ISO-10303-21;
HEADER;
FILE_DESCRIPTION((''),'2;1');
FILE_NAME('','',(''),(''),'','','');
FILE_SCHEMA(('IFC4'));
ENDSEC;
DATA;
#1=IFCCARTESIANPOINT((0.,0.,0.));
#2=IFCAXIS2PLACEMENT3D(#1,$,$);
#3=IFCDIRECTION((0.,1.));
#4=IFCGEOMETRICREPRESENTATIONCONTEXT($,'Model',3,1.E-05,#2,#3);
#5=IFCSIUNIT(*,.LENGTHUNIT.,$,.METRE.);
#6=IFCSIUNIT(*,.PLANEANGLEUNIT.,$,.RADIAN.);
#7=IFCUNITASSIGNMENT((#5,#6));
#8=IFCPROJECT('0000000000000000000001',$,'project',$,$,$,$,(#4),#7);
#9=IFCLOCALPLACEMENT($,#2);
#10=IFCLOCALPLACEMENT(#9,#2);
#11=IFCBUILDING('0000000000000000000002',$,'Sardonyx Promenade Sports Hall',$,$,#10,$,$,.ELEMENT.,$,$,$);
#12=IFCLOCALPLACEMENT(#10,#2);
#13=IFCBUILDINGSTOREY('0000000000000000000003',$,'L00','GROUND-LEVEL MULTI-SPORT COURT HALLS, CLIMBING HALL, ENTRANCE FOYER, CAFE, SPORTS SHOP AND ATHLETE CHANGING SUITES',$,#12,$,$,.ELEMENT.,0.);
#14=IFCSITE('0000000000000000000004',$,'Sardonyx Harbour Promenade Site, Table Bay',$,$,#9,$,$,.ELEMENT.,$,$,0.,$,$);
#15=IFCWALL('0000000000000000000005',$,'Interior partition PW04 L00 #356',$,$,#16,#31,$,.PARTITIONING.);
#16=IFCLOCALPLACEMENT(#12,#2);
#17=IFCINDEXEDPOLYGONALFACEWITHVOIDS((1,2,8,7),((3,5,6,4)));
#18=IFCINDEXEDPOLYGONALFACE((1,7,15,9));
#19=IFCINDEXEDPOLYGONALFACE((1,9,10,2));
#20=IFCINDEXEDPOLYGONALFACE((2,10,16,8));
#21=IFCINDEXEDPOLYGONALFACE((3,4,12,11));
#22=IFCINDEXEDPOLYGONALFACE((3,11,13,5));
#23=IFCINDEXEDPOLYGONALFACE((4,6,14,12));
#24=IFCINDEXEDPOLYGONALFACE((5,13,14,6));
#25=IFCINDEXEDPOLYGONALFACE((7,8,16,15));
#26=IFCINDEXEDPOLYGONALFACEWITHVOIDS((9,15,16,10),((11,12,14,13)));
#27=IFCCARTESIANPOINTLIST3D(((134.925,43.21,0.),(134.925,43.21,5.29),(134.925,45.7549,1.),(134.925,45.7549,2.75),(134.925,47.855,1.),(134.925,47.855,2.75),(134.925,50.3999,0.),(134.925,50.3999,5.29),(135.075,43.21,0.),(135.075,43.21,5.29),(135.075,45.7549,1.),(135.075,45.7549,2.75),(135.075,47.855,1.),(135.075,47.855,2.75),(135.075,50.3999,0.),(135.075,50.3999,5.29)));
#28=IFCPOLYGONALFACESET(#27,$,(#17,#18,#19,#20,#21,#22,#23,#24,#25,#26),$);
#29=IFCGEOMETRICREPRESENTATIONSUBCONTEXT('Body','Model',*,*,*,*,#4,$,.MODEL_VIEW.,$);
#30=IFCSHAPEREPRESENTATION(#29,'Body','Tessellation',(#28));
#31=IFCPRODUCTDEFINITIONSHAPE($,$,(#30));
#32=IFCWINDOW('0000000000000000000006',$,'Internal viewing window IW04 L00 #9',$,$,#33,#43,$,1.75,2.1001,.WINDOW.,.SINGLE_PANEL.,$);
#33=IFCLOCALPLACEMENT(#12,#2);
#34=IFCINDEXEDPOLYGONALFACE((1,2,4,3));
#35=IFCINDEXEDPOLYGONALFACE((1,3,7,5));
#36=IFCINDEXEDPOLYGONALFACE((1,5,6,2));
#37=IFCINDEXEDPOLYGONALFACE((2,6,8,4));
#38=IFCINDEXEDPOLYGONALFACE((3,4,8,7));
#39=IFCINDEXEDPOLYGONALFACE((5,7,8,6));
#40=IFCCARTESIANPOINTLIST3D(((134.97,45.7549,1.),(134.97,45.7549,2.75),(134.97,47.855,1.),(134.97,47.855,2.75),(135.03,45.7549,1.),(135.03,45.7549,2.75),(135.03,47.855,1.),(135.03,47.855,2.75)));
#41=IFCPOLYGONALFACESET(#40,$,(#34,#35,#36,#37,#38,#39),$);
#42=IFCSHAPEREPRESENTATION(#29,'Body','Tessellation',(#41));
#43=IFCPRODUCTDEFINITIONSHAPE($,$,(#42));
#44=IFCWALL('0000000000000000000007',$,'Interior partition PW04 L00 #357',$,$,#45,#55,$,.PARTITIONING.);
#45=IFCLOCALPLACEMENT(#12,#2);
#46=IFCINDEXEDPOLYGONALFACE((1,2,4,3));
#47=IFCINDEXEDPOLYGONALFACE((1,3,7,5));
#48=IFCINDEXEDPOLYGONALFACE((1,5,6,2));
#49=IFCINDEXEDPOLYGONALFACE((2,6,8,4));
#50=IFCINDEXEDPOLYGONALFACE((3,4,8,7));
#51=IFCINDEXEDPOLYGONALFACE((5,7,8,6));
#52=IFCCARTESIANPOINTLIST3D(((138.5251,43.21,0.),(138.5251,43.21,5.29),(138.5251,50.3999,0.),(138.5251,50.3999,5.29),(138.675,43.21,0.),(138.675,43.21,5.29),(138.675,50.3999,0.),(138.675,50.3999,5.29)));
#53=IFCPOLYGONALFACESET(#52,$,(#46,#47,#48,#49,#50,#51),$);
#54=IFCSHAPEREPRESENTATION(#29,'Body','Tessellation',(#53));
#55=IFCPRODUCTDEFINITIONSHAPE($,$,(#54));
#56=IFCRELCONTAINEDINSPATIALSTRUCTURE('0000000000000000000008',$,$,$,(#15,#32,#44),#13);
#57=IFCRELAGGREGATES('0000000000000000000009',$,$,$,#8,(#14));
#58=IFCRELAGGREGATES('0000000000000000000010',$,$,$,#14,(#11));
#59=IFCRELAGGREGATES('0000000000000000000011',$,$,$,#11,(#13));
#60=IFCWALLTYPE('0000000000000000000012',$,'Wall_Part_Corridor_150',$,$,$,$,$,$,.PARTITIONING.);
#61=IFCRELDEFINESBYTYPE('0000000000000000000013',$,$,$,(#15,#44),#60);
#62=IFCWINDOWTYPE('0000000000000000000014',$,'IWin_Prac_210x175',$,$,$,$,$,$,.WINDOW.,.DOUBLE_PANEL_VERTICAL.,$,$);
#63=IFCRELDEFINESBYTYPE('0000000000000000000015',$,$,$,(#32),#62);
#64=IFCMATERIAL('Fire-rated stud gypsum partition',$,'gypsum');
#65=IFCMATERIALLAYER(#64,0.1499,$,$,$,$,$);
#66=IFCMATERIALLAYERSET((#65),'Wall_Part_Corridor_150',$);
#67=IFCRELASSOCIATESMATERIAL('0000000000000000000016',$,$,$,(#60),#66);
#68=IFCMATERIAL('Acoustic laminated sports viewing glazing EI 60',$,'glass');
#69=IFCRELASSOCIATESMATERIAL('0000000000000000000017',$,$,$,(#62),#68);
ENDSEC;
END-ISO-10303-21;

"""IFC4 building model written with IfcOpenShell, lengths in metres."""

from ifc_helpers import new_model, si_unit, direction, frame, frame_2d, origin, place, context, subcontext, project, spatial, rectangle, extrude, material, layer, layer_set, type_object, element, fill, save


model = new_model("IFC4")

# Units and contexts
model_context = context("Model", 3, precision=1e-05, world=origin(), true_north=direction((0.0, 1.0)))
body_context = subcontext(model_context, "Body", "Model", "MODEL_VIEW")
ifc_project = project(units=[si_unit("LENGTHUNIT", "METRE"), si_unit("PLANEANGLEUNIT", "RADIAN")], contexts=[model_context])

# Site, building, storey
site_placement = place(None, origin())
site = spatial("IfcSite", under=ifc_project, at=site_placement, Name="Sardonyx Harbour Promenade Site, Table Bay", CompositionType="ELEMENT", RefElevation=0.0)
building_placement = place(site_placement, origin())
building = spatial("IfcBuilding", under=site, at=building_placement, Name="Sardonyx Promenade Sports Hall", CompositionType="ELEMENT")
storey_placement = place(building_placement, origin())
storey = spatial("IfcBuildingStorey", under=building, at=storey_placement, Name="L00", Description="GROUND-LEVEL MULTI-SPORT COURT HALLS, CLIMBING HALL, ENTRANCE FOYER, CAFE, SPORTS SHOP AND ATHLETE CHANGING SUITES", CompositionType="ELEMENT", Elevation=0.0)

# Shared definitions
ifc_material_1 = material(Name="Fire-rated stud gypsum partition", Category="gypsum")
ifc_layer_1 = layer(ifc_material_1, 0.1499)
ifc_layer_set_1 = layer_set([ifc_layer_1], Name="Wall_Part_Corridor_150")
wall_type_1 = type_object("IfcWallType", Name="Wall_Part_Corridor_150", PredefinedType="PARTITIONING", material=ifc_layer_set_1)

# Wall, opening, window
wall_1_placement = place(storey_placement, frame((135.0, 43.21, 0.0), z_axis=(0.0, 0.0, 1.0), x_axis=(0.0, 1.0, 0.0)))
wall_1 = element("IfcWall", 1, at=wall_1_placement, inside=storey, type_object=wall_type_1, Name="Interior partition PW04 L00 #356", PredefinedType="PARTITIONING", context=body_context, shape_type="SweptSolid", body=[
    extrude(rectangle(XDim=7.1899, YDim=0.1499, at=frame_2d((3.595, 0.0))), origin(), (0.0, 0.0, 1.0), 5.29),
])
opening_1_placement = place(wall_1_placement, frame((2.5449, 0.0, 1.0)))
opening_1 = element("IfcOpeningElement", 2, at=opening_1_placement, cuts=wall_1, PredefinedType="OPENING", context=body_context, shape_type="SweptSolid", body=[
    extrude(rectangle(XDim=2.1001, YDim=1.75, at=frame_2d((1.05, 0.875))), frame((0.0, 0.085, 0.0), z_axis=(0.0, -1.0, 0.0), x_axis=(1.0, 0.0, 0.0)), (0.0, 0.0, 1.0), 0.17),
])
ifc_material_2 = material(Name="Acoustic laminated sports viewing glazing EI 60", Category="glass")
window_type = type_object("IfcWindowType", Name="IWin_Prac_210x175", PartitioningType="DOUBLE_PANEL_VERTICAL", PredefinedType="WINDOW", material=ifc_material_2)
window_placement = place(opening_1_placement, origin())
window = element("IfcWindow", 3, at=window_placement, inside=storey, type_object=window_type, Name="Internal viewing window IW04 L00 #9", OverallHeight=1.75, OverallWidth=2.1001, PartitioningType="SINGLE_PANEL", PredefinedType="WINDOW", context=body_context, shape_type="SweptSolid", body=[
    extrude(rectangle(XDim=2.1001, YDim=1.75, at=frame_2d((1.05, 0.875))), frame((0.0, 0.03, 0.0), z_axis=(0.0, -1.0, 0.0), x_axis=(1.0, 0.0, 0.0)), (0.0, 0.0, 1.0), 0.0601),
])
fill(opening_1, window)

# Wall
wall_2_placement = place(storey_placement, frame((138.6001, 43.21, 0.0), z_axis=(0.0, 0.0, 1.0), x_axis=(0.0, 1.0, 0.0)))
element("IfcWall", 4, at=wall_2_placement, inside=storey, type_object=wall_type_1, Name="Interior partition PW04 L00 #357", PredefinedType="PARTITIONING", context=body_context, shape_type="SweptSolid", body=[
    extrude(rectangle(XDim=7.1899, YDim=0.1499, at=frame_2d((3.595, 0.0))), origin(), (0.0, 0.0, 1.0), 5.29),
])

save(model, "model.ifc")
